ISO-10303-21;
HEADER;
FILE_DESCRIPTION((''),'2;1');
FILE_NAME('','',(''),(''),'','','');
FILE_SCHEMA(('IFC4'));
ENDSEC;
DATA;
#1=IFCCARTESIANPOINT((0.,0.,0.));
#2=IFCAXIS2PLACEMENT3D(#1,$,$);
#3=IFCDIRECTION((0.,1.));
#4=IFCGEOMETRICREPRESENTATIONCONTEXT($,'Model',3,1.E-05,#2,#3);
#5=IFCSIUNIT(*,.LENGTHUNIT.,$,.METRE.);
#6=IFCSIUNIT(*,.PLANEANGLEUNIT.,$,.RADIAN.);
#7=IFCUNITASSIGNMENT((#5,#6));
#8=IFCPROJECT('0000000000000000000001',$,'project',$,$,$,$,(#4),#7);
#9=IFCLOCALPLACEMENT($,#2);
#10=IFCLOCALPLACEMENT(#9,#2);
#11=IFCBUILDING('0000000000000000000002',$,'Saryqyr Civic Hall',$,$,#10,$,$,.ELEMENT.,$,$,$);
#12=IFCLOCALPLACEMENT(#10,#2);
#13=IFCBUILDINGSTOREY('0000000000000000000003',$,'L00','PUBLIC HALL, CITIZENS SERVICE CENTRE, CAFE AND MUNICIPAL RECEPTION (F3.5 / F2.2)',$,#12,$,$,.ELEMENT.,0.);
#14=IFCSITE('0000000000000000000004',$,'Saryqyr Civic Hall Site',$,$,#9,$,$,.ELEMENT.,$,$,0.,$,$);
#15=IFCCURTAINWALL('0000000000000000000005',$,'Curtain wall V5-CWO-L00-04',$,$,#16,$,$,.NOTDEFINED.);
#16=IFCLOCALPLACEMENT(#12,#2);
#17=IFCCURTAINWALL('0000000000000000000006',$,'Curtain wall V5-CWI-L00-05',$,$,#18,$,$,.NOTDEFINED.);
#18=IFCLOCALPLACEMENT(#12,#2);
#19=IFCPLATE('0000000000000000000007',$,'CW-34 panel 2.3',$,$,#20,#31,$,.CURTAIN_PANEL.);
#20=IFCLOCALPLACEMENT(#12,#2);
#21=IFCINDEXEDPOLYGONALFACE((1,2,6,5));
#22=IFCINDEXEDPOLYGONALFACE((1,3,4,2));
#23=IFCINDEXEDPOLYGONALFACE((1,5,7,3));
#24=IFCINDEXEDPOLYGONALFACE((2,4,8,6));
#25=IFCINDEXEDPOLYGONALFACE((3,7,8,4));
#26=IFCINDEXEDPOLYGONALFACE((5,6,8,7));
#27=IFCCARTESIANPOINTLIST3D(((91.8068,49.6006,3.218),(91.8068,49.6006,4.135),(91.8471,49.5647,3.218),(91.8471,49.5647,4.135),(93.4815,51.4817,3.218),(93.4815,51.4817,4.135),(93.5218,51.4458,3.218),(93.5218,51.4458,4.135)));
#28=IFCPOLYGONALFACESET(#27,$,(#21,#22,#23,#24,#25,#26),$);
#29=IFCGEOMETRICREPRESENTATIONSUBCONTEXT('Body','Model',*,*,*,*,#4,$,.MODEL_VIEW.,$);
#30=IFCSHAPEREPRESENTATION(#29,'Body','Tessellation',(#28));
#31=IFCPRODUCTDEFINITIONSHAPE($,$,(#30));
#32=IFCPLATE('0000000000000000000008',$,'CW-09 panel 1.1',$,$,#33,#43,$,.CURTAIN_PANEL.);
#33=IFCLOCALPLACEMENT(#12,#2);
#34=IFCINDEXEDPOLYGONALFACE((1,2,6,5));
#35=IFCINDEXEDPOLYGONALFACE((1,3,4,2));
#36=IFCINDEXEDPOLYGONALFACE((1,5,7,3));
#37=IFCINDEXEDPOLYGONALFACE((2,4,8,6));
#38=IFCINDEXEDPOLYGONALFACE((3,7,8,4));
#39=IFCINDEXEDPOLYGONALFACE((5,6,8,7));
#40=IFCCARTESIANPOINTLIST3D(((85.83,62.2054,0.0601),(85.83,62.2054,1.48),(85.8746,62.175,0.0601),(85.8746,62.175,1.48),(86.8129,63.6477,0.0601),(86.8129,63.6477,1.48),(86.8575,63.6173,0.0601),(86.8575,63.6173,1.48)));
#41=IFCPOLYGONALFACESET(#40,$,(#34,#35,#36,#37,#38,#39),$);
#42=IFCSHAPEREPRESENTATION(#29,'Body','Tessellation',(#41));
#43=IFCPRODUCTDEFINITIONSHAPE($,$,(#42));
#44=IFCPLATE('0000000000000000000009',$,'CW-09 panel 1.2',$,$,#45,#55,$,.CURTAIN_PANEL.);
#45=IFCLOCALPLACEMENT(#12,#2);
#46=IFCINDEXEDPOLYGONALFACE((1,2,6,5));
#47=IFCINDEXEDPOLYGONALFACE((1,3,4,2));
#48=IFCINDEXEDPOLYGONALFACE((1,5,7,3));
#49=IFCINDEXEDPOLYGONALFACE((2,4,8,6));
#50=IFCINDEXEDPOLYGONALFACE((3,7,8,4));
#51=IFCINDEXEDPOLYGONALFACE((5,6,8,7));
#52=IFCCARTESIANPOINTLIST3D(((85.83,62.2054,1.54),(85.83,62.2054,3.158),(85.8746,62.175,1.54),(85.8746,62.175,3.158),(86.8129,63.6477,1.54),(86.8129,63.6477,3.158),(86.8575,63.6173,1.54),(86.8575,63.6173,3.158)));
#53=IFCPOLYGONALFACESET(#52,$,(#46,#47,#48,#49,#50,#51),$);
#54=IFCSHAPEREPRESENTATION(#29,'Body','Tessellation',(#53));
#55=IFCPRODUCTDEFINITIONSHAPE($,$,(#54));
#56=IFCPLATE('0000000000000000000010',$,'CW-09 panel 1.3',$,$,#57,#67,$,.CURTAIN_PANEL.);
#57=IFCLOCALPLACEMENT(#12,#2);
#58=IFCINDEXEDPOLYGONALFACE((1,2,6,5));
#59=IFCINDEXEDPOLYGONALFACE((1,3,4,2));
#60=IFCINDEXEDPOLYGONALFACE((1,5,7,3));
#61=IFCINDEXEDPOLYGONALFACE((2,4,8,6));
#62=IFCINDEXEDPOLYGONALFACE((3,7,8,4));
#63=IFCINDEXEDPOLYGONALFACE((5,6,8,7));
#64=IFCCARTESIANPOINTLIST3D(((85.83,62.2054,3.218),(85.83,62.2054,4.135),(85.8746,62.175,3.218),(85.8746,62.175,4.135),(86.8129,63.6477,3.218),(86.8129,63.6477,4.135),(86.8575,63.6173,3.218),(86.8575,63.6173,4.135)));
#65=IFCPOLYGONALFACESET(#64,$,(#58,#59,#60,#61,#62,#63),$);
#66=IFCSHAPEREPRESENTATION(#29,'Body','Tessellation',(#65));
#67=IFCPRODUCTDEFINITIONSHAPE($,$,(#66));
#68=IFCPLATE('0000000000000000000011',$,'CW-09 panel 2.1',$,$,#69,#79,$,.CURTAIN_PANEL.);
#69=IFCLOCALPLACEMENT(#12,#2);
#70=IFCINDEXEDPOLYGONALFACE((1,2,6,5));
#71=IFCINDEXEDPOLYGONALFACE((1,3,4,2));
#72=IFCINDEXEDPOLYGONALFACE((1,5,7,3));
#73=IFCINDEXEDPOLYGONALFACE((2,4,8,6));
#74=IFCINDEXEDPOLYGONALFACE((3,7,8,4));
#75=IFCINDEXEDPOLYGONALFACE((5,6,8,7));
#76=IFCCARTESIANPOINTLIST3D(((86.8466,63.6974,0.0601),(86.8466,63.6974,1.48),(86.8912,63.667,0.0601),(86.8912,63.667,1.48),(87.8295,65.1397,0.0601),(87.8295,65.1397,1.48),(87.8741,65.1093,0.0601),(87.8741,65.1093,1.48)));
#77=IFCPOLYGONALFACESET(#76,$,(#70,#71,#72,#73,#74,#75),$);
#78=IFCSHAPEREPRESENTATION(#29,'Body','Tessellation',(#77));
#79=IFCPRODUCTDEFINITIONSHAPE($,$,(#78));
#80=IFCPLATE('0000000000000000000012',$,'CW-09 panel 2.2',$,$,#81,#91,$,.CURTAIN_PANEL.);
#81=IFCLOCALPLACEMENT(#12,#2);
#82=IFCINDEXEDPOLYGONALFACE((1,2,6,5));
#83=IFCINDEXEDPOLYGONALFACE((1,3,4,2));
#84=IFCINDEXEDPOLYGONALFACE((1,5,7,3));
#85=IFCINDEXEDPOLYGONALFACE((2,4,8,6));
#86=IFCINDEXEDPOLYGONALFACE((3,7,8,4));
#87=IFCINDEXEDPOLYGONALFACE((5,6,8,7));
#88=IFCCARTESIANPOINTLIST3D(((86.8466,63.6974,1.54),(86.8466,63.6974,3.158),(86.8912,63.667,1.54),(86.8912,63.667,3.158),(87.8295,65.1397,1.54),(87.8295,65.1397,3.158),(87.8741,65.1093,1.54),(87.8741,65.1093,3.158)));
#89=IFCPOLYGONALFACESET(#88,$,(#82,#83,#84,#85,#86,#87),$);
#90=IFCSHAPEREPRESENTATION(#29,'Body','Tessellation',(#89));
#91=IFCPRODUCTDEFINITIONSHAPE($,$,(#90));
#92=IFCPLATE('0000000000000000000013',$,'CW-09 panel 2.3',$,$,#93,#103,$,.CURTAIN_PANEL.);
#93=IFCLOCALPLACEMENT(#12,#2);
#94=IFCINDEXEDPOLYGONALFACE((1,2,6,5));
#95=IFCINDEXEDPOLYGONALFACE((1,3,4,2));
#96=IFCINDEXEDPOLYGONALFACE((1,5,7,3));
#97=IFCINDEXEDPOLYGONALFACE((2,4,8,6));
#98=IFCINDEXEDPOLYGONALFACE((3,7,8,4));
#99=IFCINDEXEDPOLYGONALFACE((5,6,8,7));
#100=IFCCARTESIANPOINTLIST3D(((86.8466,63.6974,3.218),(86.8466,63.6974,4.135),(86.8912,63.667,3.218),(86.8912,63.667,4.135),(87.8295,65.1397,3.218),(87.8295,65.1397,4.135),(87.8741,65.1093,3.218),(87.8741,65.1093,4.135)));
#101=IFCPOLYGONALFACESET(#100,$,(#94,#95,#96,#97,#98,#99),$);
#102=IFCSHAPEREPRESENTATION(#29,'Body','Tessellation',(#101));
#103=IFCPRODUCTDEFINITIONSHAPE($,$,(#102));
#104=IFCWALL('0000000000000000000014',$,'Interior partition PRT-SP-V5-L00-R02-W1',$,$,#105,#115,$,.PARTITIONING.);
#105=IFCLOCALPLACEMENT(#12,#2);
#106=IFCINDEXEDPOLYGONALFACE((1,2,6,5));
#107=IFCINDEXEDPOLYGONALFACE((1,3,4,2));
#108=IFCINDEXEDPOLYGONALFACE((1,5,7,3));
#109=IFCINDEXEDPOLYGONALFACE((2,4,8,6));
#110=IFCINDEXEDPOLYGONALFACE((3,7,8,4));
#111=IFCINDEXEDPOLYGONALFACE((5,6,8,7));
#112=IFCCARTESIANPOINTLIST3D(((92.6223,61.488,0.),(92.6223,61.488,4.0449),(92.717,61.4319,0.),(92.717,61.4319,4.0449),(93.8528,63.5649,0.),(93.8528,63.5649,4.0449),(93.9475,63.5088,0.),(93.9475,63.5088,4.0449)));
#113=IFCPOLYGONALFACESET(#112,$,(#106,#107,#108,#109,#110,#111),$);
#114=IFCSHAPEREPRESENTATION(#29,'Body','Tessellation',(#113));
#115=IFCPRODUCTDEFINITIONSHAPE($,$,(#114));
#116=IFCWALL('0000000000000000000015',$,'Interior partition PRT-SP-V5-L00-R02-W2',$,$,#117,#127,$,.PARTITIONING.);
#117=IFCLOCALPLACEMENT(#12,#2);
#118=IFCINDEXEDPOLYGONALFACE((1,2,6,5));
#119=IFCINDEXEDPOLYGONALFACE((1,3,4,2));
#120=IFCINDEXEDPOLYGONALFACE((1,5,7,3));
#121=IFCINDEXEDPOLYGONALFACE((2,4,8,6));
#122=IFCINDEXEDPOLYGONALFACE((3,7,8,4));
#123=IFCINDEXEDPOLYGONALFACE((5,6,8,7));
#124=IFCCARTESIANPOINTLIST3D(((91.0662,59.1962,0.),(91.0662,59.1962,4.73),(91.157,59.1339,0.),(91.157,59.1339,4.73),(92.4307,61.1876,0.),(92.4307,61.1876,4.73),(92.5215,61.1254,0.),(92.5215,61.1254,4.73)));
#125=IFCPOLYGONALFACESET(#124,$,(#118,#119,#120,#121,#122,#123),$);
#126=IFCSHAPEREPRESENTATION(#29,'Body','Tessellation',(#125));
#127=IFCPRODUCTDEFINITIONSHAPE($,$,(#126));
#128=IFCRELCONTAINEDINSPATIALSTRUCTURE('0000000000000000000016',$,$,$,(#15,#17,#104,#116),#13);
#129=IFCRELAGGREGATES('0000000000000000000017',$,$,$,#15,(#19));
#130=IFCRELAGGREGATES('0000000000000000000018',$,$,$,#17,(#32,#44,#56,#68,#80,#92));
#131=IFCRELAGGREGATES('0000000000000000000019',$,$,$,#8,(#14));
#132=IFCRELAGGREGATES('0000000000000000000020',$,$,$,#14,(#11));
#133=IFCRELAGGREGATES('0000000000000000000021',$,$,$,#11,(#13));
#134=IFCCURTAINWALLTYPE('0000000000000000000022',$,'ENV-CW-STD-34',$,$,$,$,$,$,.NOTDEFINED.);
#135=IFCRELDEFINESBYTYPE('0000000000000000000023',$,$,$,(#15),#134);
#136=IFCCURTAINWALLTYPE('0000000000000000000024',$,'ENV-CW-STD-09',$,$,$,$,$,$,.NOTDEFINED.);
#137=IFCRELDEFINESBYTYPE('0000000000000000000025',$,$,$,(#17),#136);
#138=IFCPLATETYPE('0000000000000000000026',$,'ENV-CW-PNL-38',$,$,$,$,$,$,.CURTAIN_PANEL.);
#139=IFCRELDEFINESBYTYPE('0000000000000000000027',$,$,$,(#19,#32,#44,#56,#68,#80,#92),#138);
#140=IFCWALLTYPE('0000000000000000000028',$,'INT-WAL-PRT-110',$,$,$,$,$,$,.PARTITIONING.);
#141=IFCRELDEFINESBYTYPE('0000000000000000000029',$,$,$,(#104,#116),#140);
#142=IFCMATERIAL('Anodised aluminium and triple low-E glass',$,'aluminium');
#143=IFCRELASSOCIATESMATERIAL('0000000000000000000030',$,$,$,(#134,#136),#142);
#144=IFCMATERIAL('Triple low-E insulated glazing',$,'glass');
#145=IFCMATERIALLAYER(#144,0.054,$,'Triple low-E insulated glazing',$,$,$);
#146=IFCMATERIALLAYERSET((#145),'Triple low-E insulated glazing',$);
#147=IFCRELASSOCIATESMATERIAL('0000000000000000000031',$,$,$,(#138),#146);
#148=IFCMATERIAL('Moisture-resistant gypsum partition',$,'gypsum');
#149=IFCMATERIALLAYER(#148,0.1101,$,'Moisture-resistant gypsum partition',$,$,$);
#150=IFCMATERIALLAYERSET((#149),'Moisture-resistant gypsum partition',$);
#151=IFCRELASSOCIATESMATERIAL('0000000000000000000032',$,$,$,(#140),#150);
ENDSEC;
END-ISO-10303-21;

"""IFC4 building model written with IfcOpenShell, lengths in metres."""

from ifc_helpers import new_model, si_unit, direction, frame, frame_2d, origin, origin_2d, place, context, subcontext, project, spatial, rectangle, extrude, material, layer, layer_set, type_object, element, aggregate, save


model = new_model("IFC4")

# Units and contexts
model_context = context("Model", 3, precision=1e-05, world=origin(), true_north=direction((0.0, 1.0)))
body_context = subcontext(model_context, "Body", "Model", "MODEL_VIEW")
ifc_project = project(units=[si_unit("LENGTHUNIT", "METRE"), si_unit("PLANEANGLEUNIT", "RADIAN")], contexts=[model_context])

# Site, building, storey
site_placement = place(None, origin())
site = spatial("IfcSite", under=ifc_project, at=site_placement, Name="Saryqyr Civic Hall Site", CompositionType="ELEMENT", RefElevation=0.0)
building_placement = place(site_placement, origin())
building = spatial("IfcBuilding", under=site, at=building_placement, Name="Saryqyr Civic Hall", CompositionType="ELEMENT")
storey_placement = place(building_placement, origin())
storey = spatial("IfcBuildingStorey", under=building, at=storey_placement, Name="L00", Description="PUBLIC HALL, CITIZENS SERVICE CENTRE, CAFE AND MUNICIPAL RECEPTION (F3.5 / F2.2)", CompositionType="ELEMENT", Elevation=0.0)

# Curtain walls
ifc_material_1 = material(Name="Anodised aluminium and triple low-E glass", Category="aluminium")
curtain_wall_type_1 = type_object("IfcCurtainWallType", Name="ENV-CW-STD-34", PredefinedType="NOTDEFINED", material=ifc_material_1)
curtain_wall_1_placement = place(storey_placement, origin())
curtain_wall_1 = element("IfcCurtainWall", 1, at=curtain_wall_1_placement, inside=storey, type_object=curtain_wall_type_1, Name="Curtain wall V5-CWO-L00-04", PredefinedType="NOTDEFINED")
curtain_wall_type_2 = type_object("IfcCurtainWallType", Name="ENV-CW-STD-09", PredefinedType="NOTDEFINED", material=ifc_material_1)
curtain_wall_2_placement = place(storey_placement, origin())
curtain_wall_2 = element("IfcCurtainWall", 2, at=curtain_wall_2_placement, inside=storey, type_object=curtain_wall_type_2, Name="Curtain wall V5-CWI-L00-05", PredefinedType="NOTDEFINED")

# Plates
ifc_material_2 = material(Name="Triple low-E insulated glazing", Category="glass")
ifc_layer_1 = layer(ifc_material_2, 0.054, Name="Triple low-E insulated glazing")
ifc_layer_set_1 = layer_set([ifc_layer_1], Name="Triple low-E insulated glazing")
plate_type = type_object("IfcPlateType", Name="ENV-CW-PNL-38", PredefinedType="CURTAIN_PANEL", material=ifc_layer_set_1)
plate_1_placement = place(storey_placement, frame((92.6643, 50.5232, 3.218), z_axis=(0.0, 0.0, 1.0), x_axis=(-0.664928, -0.746908, 0.0)))
plate_1 = element("IfcPlate", 3, at=plate_1_placement, type_object=plate_type, Name="CW-34 panel 2.3", PredefinedType="CURTAIN_PANEL", context=body_context, shape_type="SweptSolid", body=[
    extrude(rectangle(XDim=2.5186, YDim=0.054, at=origin_2d()), origin(), (0.0, 0.0, 1.0), 0.917),
])
aggregate(curtain_wall_1, [plate_1])
plate_2_placement = place(storey_placement, frame((86.3438, 62.9114, 0.0601), z_axis=(0.0, 0.0, 1.0), x_axis=(0.563133, 0.826366, 0.0)))
plate_2 = element("IfcPlate", 4, at=plate_2_placement, type_object=plate_type, Name="CW-09 panel 1.1", PredefinedType="CURTAIN_PANEL", context=body_context, shape_type="SweptSolid", body=[
    extrude(rectangle(XDim=1.7454, YDim=0.054, at=origin_2d()), origin(), (0.0, 0.0, 1.0), 1.4199),
])
plate_3_placement = place(storey_placement, frame((86.3438, 62.9114, 1.54), z_axis=(0.0, 0.0, 1.0), x_axis=(0.563133, 0.826366, 0.0)))
plate_3 = element("IfcPlate", 5, at=plate_3_placement, type_object=plate_type, Name="CW-09 panel 1.2", PredefinedType="CURTAIN_PANEL", context=body_context, shape_type="SweptSolid", body=[
    extrude(rectangle(XDim=1.7454, YDim=0.054, at=origin_2d()), origin(), (0.0, 0.0, 1.0), 1.6179),
])
plate_4_placement = place(storey_placement, frame((86.3438, 62.9114, 3.218), z_axis=(0.0, 0.0, 1.0), x_axis=(0.563133, 0.826366, 0.0)))
plate_4 = element("IfcPlate", 6, at=plate_4_placement, type_object=plate_type, Name="CW-09 panel 1.3", PredefinedType="CURTAIN_PANEL", context=body_context, shape_type="SweptSolid", body=[
    extrude(rectangle(XDim=1.7454, YDim=0.054, at=origin_2d()), origin(), (0.0, 0.0, 1.0), 0.917),
])
plate_5_placement = place(storey_placement, frame((87.3604, 64.4033, 0.0601), z_axis=(0.0, 0.0, 1.0), x_axis=(0.563133, 0.826366, 0.0)))
plate_5 = element("IfcPlate", 7, at=plate_5_placement, type_object=plate_type, Name="CW-09 panel 2.1", PredefinedType="CURTAIN_PANEL", context=body_context, shape_type="SweptSolid", body=[
    extrude(rectangle(XDim=1.7454, YDim=0.054, at=origin_2d()), origin(), (0.0, 0.0, 1.0), 1.4199),
])
plate_6_placement = place(storey_placement, frame((87.3604, 64.4033, 1.54), z_axis=(0.0, 0.0, 1.0), x_axis=(0.563133, 0.826366, 0.0)))
plate_6 = element("IfcPlate", 8, at=plate_6_placement, type_object=plate_type, Name="CW-09 panel 2.2", PredefinedType="CURTAIN_PANEL", context=body_context, shape_type="SweptSolid", body=[
    extrude(rectangle(XDim=1.7454, YDim=0.054, at=origin_2d()), origin(), (0.0, 0.0, 1.0), 1.6179),
])
plate_7_placement = place(storey_placement, frame((87.3604, 64.4033, 3.218), z_axis=(0.0, 0.0, 1.0), x_axis=(0.563133, 0.826366, 0.0)))
plate_7 = element("IfcPlate", 9, at=plate_7_placement, type_object=plate_type, Name="CW-09 panel 2.3", PredefinedType="CURTAIN_PANEL", context=body_context, shape_type="SweptSolid", body=[
    extrude(rectangle(XDim=1.7454, YDim=0.054, at=origin_2d()), origin(), (0.0, 0.0, 1.0), 0.917),
])
aggregate(curtain_wall_2, [plate_2, plate_3, plate_4, plate_5, plate_6, plate_7])

# Walls
ifc_material_3 = material(Name="Moisture-resistant gypsum partition", Category="gypsum")
ifc_layer_2 = layer(ifc_material_3, 0.1101, Name="Moisture-resistant gypsum partition")
ifc_layer_set_2 = layer_set([ifc_layer_2], Name="Moisture-resistant gypsum partition")
wall_type = type_object("IfcWallType", Name="INT-WAL-PRT-110", PredefinedType="PARTITIONING", material=ifc_layer_set_2)
wall_1_placement = place(storey_placement, frame((92.6697, 61.46, 0.0), z_axis=(0.0, 0.0, 1.0), x_axis=(0.509714, 0.860344, 0.0)))
element("IfcWall", 10, at=wall_1_placement, inside=storey, type_object=wall_type, Name="Interior partition PRT-SP-V5-L00-R02-W1", PredefinedType="PARTITIONING", context=body_context, shape_type="SweptSolid", body=[
    extrude(rectangle(XDim=2.4141, YDim=0.1101, at=frame_2d((1.207, 0.0))), origin(), (0.0, 0.0, 1.0), 4.0449),
])
wall_2_placement = place(storey_placement, frame((91.1116, 59.165, 0.0), z_axis=(0.0, 0.0, 1.0), x_axis=(0.565228, 0.824935, 0.0)))
element("IfcWall", 11, at=wall_2_placement, inside=storey, type_object=wall_type, Name="Interior partition PRT-SP-V5-L00-R02-W2", PredefinedType="PARTITIONING", context=body_context, shape_type="SweptSolid", body=[
    extrude(rectangle(XDim=2.4141, YDim=0.1101, at=frame_2d((1.207, 0.0))), origin(), (0.0, 0.0, 1.0), 4.73),
])

save(model, "model.ifc")
